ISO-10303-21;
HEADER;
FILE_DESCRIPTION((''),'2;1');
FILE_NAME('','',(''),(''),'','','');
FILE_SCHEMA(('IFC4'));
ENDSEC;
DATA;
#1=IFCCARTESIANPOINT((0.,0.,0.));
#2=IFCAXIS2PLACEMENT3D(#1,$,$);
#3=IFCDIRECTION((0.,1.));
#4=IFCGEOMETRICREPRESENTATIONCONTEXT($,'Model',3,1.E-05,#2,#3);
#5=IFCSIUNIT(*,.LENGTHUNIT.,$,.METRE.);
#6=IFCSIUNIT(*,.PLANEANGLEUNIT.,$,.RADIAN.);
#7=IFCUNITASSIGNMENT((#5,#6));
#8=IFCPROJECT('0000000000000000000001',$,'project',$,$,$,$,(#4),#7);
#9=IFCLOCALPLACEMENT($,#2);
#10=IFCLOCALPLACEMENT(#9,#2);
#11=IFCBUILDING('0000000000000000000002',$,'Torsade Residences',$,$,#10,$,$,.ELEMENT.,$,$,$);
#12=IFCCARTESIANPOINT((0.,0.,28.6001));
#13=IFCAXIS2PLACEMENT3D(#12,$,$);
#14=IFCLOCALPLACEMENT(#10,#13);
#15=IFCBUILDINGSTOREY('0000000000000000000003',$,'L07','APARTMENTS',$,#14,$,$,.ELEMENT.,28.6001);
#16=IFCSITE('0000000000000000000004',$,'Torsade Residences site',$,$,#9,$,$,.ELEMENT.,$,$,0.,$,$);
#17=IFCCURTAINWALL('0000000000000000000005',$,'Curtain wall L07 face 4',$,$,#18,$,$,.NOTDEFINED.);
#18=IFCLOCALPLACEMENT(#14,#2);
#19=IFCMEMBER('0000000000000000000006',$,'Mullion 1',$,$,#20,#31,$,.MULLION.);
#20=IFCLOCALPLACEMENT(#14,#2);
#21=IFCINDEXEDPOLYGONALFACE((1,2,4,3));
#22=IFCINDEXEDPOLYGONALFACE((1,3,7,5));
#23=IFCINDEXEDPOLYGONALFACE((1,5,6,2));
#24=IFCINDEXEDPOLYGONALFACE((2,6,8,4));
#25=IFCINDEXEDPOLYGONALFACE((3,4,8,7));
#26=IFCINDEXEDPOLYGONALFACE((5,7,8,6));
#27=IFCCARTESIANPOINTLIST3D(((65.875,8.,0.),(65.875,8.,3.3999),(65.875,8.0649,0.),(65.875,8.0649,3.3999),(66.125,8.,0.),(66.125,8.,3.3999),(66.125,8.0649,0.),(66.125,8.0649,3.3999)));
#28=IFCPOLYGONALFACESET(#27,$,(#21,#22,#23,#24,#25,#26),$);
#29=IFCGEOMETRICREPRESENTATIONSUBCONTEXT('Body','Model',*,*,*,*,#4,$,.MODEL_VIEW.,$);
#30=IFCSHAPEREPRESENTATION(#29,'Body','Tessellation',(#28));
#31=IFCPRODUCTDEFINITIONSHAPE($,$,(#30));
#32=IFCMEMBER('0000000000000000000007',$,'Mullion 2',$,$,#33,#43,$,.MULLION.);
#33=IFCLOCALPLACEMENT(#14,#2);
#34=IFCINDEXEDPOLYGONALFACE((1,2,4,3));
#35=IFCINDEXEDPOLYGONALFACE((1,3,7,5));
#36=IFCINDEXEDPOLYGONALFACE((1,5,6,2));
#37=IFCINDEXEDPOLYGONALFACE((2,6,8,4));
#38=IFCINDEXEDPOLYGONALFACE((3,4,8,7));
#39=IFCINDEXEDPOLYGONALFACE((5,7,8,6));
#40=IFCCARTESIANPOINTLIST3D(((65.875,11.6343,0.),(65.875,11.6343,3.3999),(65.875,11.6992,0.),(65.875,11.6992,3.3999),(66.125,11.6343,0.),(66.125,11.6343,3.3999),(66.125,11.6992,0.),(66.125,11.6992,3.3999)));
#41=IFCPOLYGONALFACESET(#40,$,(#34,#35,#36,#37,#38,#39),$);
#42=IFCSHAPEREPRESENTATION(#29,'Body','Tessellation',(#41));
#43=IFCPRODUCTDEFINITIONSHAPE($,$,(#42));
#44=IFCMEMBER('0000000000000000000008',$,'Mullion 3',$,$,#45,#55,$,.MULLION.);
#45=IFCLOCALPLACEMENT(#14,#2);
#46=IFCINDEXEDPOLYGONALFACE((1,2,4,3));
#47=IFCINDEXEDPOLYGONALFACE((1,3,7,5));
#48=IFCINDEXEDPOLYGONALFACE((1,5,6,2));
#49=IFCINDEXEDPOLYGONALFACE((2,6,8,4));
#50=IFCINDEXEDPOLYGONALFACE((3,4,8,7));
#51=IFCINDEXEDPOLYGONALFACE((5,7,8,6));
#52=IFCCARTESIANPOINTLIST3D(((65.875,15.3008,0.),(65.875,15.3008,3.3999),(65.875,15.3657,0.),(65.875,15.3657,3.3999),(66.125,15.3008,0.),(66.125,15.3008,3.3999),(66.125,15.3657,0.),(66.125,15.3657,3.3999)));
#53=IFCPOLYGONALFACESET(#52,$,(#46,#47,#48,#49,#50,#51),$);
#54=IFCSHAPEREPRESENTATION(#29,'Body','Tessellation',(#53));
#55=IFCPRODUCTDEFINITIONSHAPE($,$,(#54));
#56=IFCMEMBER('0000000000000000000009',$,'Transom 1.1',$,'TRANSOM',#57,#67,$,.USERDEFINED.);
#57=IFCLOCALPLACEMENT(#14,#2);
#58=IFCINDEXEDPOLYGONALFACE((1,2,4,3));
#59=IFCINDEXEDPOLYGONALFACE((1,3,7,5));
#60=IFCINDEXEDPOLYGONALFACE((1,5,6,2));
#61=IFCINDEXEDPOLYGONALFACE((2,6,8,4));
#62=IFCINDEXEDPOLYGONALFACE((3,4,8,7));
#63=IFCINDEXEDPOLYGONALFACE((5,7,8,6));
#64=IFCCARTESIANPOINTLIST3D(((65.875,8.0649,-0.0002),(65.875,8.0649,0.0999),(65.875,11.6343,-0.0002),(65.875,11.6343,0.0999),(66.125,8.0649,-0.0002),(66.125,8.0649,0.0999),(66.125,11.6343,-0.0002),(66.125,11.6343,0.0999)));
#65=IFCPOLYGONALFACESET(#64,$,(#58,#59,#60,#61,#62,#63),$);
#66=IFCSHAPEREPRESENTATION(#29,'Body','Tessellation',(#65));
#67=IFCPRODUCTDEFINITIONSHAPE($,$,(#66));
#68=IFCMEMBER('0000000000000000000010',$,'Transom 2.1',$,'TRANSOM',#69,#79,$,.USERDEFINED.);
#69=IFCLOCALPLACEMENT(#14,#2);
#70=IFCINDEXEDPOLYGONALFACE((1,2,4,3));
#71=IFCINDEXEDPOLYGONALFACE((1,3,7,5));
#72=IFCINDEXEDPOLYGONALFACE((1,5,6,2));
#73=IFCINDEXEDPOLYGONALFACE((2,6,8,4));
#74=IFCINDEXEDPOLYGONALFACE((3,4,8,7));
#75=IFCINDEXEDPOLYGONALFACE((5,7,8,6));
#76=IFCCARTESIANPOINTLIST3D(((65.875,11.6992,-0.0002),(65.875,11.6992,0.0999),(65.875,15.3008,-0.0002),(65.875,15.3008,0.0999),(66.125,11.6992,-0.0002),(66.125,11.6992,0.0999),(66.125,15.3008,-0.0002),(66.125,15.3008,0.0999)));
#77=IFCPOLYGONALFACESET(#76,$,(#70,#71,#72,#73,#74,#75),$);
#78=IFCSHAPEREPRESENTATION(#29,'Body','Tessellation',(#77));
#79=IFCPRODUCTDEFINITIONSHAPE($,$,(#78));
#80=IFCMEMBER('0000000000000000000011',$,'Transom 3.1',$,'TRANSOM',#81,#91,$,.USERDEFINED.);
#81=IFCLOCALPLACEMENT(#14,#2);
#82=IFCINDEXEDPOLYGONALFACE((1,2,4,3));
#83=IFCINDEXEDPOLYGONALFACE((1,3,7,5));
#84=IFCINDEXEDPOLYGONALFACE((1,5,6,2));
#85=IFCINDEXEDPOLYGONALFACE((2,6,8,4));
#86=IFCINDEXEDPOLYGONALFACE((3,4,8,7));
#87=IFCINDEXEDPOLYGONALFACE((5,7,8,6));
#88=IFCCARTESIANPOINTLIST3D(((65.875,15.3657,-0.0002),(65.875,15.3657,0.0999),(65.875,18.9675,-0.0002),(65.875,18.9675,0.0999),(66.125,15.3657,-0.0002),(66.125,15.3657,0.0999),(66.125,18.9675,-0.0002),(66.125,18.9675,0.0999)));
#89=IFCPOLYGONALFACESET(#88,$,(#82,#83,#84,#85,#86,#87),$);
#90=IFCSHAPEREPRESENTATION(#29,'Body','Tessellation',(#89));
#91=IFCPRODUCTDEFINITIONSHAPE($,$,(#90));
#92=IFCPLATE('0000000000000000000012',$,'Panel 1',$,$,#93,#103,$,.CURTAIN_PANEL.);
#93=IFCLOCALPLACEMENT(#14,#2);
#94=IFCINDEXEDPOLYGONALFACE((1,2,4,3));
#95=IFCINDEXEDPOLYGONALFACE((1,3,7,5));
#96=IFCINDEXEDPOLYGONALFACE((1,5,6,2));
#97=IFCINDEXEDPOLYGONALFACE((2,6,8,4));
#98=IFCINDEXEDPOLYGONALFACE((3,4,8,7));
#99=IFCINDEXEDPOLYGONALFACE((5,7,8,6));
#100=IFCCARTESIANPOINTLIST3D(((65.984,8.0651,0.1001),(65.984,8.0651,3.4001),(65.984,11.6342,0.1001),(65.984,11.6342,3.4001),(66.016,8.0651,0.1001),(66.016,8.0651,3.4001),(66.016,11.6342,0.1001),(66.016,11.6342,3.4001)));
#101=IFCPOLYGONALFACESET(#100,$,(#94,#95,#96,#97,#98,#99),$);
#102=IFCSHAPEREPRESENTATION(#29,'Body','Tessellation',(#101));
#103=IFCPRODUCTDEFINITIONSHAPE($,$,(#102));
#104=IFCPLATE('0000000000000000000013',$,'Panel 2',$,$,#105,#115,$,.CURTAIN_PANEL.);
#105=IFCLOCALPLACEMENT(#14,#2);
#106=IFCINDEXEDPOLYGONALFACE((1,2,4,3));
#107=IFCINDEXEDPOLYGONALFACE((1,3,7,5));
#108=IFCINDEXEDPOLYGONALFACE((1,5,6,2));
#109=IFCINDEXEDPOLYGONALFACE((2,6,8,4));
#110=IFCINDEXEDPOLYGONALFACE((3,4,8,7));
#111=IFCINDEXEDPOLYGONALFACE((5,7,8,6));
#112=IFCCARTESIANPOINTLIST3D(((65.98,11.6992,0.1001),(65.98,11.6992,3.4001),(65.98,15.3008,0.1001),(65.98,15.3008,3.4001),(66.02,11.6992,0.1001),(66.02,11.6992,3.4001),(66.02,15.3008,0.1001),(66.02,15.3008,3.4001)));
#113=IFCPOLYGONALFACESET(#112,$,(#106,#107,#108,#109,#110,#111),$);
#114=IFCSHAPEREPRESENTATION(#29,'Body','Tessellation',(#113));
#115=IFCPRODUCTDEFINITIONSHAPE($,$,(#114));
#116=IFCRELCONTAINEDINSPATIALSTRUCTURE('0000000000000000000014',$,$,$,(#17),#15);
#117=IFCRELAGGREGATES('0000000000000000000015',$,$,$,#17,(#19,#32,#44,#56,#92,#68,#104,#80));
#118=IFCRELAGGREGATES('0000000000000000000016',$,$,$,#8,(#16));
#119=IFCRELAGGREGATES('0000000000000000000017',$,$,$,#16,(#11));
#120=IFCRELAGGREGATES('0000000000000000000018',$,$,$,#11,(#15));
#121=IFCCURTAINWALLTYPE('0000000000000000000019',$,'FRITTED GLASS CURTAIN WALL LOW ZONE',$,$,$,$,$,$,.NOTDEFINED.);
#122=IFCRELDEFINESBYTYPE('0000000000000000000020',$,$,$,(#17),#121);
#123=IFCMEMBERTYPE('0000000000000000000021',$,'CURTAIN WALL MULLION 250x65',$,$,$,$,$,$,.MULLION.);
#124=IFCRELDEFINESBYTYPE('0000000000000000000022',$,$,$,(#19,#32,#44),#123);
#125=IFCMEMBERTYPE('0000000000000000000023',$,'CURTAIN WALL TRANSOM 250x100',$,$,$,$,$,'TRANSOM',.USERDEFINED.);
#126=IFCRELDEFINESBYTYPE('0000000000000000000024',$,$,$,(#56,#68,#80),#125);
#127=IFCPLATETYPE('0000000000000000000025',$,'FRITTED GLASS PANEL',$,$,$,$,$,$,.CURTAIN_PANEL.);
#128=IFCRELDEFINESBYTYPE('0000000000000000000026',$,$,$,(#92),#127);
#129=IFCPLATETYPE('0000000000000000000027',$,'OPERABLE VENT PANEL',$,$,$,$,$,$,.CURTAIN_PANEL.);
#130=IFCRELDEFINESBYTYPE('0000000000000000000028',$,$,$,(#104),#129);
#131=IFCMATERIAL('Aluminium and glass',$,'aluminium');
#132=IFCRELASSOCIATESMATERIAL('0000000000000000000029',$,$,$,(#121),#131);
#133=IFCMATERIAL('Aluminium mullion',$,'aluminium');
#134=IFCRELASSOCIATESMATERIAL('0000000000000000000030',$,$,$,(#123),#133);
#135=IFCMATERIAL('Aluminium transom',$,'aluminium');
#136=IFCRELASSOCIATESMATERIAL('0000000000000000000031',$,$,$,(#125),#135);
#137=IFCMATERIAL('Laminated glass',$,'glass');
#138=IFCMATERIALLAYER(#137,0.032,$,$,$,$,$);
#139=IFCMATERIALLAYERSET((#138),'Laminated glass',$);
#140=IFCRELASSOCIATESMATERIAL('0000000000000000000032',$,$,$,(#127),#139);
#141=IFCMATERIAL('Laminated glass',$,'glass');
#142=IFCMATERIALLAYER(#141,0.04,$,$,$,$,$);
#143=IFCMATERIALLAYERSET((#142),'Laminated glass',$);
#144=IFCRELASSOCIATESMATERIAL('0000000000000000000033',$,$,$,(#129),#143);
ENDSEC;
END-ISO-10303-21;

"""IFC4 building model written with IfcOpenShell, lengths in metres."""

from ifc_helpers import new_model, si_unit, direction, frame, origin, origin_2d, place, context, subcontext, project, spatial, rectangle, extrude, material, layer, layer_set, material_profile, profile_set, type_object, element, aggregate, save


model = new_model("IFC4")

# Units and contexts
model_context = context("Model", 3, precision=1e-05, world=origin(), true_north=direction((0.0, 1.0)))
body_context = subcontext(model_context, "Body", "Model", "MODEL_VIEW")
ifc_project = project(units=[si_unit("LENGTHUNIT", "METRE"), si_unit("PLANEANGLEUNIT", "RADIAN")], contexts=[model_context])

# Site, building, storey
site_placement = place(None, origin())
site = spatial("IfcSite", under=ifc_project, at=site_placement, Name="Torsade Residences site", CompositionType="ELEMENT", RefElevation=0.0)
building_placement = place(site_placement, origin())
building = spatial("IfcBuilding", under=site, at=building_placement, Name="Torsade Residences", CompositionType="ELEMENT")
storey_placement = place(building_placement, frame((0.0, 0.0, 28.6001)))
storey = spatial("IfcBuildingStorey", under=building, at=storey_placement, Name="L07", Description="APARTMENTS", CompositionType="ELEMENT", Elevation=28.6001)

# Curtain wall, members, plates
ifc_material_1 = material(Name="Aluminium and glass", Category="aluminium")
curtain_wall_type = type_object("IfcCurtainWallType", Name="FRITTED GLASS CURTAIN WALL LOW ZONE", PredefinedType="NOTDEFINED", material=ifc_material_1)
curtain_wall_placement = place(storey_placement, origin())
curtain_wall = element("IfcCurtainWall", 1, at=curtain_wall_placement, inside=storey, type_object=curtain_wall_type, Name="Curtain wall L07 face 4", PredefinedType="NOTDEFINED")
ifc_material_2 = material(Name="Aluminium mullion", Category="aluminium")
ifc_material_profile_1 = material_profile(ifc_material_2, rectangle(XDim=0.25, YDim=0.0649, at=origin_2d()), Name="CURTAIN WALL MULLION 250x65")
ifc_profile_set_1 = profile_set([ifc_material_profile_1], Name="Aluminium mullion")
member_type_1 = type_object("IfcMemberType", Name="CURTAIN WALL MULLION 250x65", PredefinedType="MULLION", material=ifc_profile_set_1)
member_1_placement = place(storey_placement, frame((66.0, 8.0325, 0.0), z_axis=(0.0, 0.0, 1.0), x_axis=(-1.0, 0.0, 0.0)))
member_1 = element("IfcMember", 2, at=member_1_placement, type_object=member_type_1, Name="Mullion 1", PredefinedType="MULLION", context=body_context, shape_type="SweptSolid", body=[
    extrude(rectangle(XDim=0.25, YDim=0.0649, at=origin_2d()), origin(), (0.0, 0.0, 1.0), 3.3999),
])
member_2_placement = place(storey_placement, frame((66.0, 11.6667, 0.0), z_axis=(0.0, 0.0, 1.0), x_axis=(-1.0, 0.0, 0.0)))
member_2 = element("IfcMember", 3, at=member_2_placement, type_object=member_type_1, Name="Mullion 2", PredefinedType="MULLION", context=body_context, shape_type="SweptSolid", body=[
    extrude(rectangle(XDim=0.25, YDim=0.0649, at=origin_2d()), origin(), (0.0, 0.0, 1.0), 3.3999),
])
member_3_placement = place(storey_placement, frame((66.0, 15.3333, 0.0), z_axis=(0.0, 0.0, 1.0), x_axis=(-1.0, 0.0, 0.0)))
member_3 = element("IfcMember", 4, at=member_3_placement, type_object=member_type_1, Name="Mullion 3", PredefinedType="MULLION", context=body_context, shape_type="SweptSolid", body=[
    extrude(rectangle(XDim=0.25, YDim=0.0649, at=origin_2d()), origin(), (0.0, 0.0, 1.0), 3.3999),
])
ifc_material_3 = material(Name="Aluminium transom", Category="aluminium")
ifc_material_profile_2 = material_profile(ifc_material_3, rectangle(XDim=0.25, YDim=0.1001, at=origin_2d()), Name="CURTAIN WALL TRANSOM 250x100")
ifc_profile_set_2 = profile_set([ifc_material_profile_2], Name="Aluminium transom")
member_type_2 = type_object("IfcMemberType", Name="CURTAIN WALL TRANSOM 250x100", ElementType="TRANSOM", PredefinedType="USERDEFINED", material=ifc_profile_set_2)
member_4_placement = place(storey_placement, frame((66.0, 8.0649, 0.0498), z_axis=(0.0, 1.0, 0.0), x_axis=(-1.0, 0.0, 0.0)))
member_4 = element("IfcMember", 5, at=member_4_placement, type_object=member_type_2, Name="Transom 1.1", ObjectType="TRANSOM", PredefinedType="USERDEFINED", context=body_context, shape_type="SweptSolid", body=[
    extrude(rectangle(XDim=0.25, YDim=0.1001, at=origin_2d()), origin(), (0.0, 0.0, 1.0), 3.5693),
])
member_5_placement = place(storey_placement, frame((66.0, 11.6992, 0.0498), z_axis=(0.0, 1.0, 0.0), x_axis=(-1.0, 0.0, 0.0)))
member_5 = element("IfcMember", 6, at=member_5_placement, type_object=member_type_2, Name="Transom 2.1", ObjectType="TRANSOM", PredefinedType="USERDEFINED", context=body_context, shape_type="SweptSolid", body=[
    extrude(rectangle(XDim=0.25, YDim=0.1001, at=origin_2d()), origin(), (0.0, 0.0, 1.0), 3.6016),
])
member_6_placement = place(storey_placement, frame((66.0, 15.3657, 0.0498), z_axis=(0.0, 1.0, 0.0), x_axis=(-1.0, 0.0, 0.0)))
member_6 = element("IfcMember", 7, at=member_6_placement, type_object=member_type_2, Name="Transom 3.1", ObjectType="TRANSOM", PredefinedType="USERDEFINED", context=body_context, shape_type="SweptSolid", body=[
    extrude(rectangle(XDim=0.25, YDim=0.1001, at=origin_2d()), origin(), (0.0, 0.0, 1.0), 3.6018),
])
ifc_material_4 = material(Name="Laminated glass", Category="glass")
ifc_layer_1 = layer(ifc_material_4, 0.032)
ifc_layer_set_1 = layer_set([ifc_layer_1], Name="Laminated glass")
plate_type_1 = type_object("IfcPlateType", Name="FRITTED GLASS PANEL", PredefinedType="CURTAIN_PANEL", material=ifc_layer_set_1)
plate_1_placement = place(storey_placement, frame((66.0, 9.8496, 0.1001), z_axis=(0.0, 0.0, 1.0), x_axis=(0.0, 1.0, 0.0)))
plate_1 = element("IfcPlate", 8, at=plate_1_placement, type_object=plate_type_1, Name="Panel 1", PredefinedType="CURTAIN_PANEL", context=body_context, shape_type="SweptSolid", body=[
    extrude(rectangle(XDim=3.5691, YDim=0.032, at=origin_2d()), origin(), (0.0, 0.0, 1.0), 3.3),
])
ifc_material_5 = material(Name="Laminated glass", Category="glass")
ifc_layer_2 = layer(ifc_material_5, 0.04)
ifc_layer_set_2 = layer_set([ifc_layer_2], Name="Laminated glass")
plate_type_2 = type_object("IfcPlateType", Name="OPERABLE VENT PANEL", PredefinedType="CURTAIN_PANEL", material=ifc_layer_set_2)
plate_2_placement = place(storey_placement, frame((66.0, 13.5, 0.1001), z_axis=(0.0, 0.0, 1.0), x_axis=(0.0, 1.0, 0.0)))
plate_2 = element("IfcPlate", 9, at=plate_2_placement, type_object=plate_type_2, Name="Panel 2", PredefinedType="CURTAIN_PANEL", context=body_context, shape_type="SweptSolid", body=[
    extrude(rectangle(XDim=3.6016, YDim=0.04, at=origin_2d()), origin(), (0.0, 0.0, 1.0), 3.3),
])
aggregate(curtain_wall, [member_1, member_2, member_3, member_4, plate_1, member_5, plate_2, member_6])

save(model, "model.ifc")
